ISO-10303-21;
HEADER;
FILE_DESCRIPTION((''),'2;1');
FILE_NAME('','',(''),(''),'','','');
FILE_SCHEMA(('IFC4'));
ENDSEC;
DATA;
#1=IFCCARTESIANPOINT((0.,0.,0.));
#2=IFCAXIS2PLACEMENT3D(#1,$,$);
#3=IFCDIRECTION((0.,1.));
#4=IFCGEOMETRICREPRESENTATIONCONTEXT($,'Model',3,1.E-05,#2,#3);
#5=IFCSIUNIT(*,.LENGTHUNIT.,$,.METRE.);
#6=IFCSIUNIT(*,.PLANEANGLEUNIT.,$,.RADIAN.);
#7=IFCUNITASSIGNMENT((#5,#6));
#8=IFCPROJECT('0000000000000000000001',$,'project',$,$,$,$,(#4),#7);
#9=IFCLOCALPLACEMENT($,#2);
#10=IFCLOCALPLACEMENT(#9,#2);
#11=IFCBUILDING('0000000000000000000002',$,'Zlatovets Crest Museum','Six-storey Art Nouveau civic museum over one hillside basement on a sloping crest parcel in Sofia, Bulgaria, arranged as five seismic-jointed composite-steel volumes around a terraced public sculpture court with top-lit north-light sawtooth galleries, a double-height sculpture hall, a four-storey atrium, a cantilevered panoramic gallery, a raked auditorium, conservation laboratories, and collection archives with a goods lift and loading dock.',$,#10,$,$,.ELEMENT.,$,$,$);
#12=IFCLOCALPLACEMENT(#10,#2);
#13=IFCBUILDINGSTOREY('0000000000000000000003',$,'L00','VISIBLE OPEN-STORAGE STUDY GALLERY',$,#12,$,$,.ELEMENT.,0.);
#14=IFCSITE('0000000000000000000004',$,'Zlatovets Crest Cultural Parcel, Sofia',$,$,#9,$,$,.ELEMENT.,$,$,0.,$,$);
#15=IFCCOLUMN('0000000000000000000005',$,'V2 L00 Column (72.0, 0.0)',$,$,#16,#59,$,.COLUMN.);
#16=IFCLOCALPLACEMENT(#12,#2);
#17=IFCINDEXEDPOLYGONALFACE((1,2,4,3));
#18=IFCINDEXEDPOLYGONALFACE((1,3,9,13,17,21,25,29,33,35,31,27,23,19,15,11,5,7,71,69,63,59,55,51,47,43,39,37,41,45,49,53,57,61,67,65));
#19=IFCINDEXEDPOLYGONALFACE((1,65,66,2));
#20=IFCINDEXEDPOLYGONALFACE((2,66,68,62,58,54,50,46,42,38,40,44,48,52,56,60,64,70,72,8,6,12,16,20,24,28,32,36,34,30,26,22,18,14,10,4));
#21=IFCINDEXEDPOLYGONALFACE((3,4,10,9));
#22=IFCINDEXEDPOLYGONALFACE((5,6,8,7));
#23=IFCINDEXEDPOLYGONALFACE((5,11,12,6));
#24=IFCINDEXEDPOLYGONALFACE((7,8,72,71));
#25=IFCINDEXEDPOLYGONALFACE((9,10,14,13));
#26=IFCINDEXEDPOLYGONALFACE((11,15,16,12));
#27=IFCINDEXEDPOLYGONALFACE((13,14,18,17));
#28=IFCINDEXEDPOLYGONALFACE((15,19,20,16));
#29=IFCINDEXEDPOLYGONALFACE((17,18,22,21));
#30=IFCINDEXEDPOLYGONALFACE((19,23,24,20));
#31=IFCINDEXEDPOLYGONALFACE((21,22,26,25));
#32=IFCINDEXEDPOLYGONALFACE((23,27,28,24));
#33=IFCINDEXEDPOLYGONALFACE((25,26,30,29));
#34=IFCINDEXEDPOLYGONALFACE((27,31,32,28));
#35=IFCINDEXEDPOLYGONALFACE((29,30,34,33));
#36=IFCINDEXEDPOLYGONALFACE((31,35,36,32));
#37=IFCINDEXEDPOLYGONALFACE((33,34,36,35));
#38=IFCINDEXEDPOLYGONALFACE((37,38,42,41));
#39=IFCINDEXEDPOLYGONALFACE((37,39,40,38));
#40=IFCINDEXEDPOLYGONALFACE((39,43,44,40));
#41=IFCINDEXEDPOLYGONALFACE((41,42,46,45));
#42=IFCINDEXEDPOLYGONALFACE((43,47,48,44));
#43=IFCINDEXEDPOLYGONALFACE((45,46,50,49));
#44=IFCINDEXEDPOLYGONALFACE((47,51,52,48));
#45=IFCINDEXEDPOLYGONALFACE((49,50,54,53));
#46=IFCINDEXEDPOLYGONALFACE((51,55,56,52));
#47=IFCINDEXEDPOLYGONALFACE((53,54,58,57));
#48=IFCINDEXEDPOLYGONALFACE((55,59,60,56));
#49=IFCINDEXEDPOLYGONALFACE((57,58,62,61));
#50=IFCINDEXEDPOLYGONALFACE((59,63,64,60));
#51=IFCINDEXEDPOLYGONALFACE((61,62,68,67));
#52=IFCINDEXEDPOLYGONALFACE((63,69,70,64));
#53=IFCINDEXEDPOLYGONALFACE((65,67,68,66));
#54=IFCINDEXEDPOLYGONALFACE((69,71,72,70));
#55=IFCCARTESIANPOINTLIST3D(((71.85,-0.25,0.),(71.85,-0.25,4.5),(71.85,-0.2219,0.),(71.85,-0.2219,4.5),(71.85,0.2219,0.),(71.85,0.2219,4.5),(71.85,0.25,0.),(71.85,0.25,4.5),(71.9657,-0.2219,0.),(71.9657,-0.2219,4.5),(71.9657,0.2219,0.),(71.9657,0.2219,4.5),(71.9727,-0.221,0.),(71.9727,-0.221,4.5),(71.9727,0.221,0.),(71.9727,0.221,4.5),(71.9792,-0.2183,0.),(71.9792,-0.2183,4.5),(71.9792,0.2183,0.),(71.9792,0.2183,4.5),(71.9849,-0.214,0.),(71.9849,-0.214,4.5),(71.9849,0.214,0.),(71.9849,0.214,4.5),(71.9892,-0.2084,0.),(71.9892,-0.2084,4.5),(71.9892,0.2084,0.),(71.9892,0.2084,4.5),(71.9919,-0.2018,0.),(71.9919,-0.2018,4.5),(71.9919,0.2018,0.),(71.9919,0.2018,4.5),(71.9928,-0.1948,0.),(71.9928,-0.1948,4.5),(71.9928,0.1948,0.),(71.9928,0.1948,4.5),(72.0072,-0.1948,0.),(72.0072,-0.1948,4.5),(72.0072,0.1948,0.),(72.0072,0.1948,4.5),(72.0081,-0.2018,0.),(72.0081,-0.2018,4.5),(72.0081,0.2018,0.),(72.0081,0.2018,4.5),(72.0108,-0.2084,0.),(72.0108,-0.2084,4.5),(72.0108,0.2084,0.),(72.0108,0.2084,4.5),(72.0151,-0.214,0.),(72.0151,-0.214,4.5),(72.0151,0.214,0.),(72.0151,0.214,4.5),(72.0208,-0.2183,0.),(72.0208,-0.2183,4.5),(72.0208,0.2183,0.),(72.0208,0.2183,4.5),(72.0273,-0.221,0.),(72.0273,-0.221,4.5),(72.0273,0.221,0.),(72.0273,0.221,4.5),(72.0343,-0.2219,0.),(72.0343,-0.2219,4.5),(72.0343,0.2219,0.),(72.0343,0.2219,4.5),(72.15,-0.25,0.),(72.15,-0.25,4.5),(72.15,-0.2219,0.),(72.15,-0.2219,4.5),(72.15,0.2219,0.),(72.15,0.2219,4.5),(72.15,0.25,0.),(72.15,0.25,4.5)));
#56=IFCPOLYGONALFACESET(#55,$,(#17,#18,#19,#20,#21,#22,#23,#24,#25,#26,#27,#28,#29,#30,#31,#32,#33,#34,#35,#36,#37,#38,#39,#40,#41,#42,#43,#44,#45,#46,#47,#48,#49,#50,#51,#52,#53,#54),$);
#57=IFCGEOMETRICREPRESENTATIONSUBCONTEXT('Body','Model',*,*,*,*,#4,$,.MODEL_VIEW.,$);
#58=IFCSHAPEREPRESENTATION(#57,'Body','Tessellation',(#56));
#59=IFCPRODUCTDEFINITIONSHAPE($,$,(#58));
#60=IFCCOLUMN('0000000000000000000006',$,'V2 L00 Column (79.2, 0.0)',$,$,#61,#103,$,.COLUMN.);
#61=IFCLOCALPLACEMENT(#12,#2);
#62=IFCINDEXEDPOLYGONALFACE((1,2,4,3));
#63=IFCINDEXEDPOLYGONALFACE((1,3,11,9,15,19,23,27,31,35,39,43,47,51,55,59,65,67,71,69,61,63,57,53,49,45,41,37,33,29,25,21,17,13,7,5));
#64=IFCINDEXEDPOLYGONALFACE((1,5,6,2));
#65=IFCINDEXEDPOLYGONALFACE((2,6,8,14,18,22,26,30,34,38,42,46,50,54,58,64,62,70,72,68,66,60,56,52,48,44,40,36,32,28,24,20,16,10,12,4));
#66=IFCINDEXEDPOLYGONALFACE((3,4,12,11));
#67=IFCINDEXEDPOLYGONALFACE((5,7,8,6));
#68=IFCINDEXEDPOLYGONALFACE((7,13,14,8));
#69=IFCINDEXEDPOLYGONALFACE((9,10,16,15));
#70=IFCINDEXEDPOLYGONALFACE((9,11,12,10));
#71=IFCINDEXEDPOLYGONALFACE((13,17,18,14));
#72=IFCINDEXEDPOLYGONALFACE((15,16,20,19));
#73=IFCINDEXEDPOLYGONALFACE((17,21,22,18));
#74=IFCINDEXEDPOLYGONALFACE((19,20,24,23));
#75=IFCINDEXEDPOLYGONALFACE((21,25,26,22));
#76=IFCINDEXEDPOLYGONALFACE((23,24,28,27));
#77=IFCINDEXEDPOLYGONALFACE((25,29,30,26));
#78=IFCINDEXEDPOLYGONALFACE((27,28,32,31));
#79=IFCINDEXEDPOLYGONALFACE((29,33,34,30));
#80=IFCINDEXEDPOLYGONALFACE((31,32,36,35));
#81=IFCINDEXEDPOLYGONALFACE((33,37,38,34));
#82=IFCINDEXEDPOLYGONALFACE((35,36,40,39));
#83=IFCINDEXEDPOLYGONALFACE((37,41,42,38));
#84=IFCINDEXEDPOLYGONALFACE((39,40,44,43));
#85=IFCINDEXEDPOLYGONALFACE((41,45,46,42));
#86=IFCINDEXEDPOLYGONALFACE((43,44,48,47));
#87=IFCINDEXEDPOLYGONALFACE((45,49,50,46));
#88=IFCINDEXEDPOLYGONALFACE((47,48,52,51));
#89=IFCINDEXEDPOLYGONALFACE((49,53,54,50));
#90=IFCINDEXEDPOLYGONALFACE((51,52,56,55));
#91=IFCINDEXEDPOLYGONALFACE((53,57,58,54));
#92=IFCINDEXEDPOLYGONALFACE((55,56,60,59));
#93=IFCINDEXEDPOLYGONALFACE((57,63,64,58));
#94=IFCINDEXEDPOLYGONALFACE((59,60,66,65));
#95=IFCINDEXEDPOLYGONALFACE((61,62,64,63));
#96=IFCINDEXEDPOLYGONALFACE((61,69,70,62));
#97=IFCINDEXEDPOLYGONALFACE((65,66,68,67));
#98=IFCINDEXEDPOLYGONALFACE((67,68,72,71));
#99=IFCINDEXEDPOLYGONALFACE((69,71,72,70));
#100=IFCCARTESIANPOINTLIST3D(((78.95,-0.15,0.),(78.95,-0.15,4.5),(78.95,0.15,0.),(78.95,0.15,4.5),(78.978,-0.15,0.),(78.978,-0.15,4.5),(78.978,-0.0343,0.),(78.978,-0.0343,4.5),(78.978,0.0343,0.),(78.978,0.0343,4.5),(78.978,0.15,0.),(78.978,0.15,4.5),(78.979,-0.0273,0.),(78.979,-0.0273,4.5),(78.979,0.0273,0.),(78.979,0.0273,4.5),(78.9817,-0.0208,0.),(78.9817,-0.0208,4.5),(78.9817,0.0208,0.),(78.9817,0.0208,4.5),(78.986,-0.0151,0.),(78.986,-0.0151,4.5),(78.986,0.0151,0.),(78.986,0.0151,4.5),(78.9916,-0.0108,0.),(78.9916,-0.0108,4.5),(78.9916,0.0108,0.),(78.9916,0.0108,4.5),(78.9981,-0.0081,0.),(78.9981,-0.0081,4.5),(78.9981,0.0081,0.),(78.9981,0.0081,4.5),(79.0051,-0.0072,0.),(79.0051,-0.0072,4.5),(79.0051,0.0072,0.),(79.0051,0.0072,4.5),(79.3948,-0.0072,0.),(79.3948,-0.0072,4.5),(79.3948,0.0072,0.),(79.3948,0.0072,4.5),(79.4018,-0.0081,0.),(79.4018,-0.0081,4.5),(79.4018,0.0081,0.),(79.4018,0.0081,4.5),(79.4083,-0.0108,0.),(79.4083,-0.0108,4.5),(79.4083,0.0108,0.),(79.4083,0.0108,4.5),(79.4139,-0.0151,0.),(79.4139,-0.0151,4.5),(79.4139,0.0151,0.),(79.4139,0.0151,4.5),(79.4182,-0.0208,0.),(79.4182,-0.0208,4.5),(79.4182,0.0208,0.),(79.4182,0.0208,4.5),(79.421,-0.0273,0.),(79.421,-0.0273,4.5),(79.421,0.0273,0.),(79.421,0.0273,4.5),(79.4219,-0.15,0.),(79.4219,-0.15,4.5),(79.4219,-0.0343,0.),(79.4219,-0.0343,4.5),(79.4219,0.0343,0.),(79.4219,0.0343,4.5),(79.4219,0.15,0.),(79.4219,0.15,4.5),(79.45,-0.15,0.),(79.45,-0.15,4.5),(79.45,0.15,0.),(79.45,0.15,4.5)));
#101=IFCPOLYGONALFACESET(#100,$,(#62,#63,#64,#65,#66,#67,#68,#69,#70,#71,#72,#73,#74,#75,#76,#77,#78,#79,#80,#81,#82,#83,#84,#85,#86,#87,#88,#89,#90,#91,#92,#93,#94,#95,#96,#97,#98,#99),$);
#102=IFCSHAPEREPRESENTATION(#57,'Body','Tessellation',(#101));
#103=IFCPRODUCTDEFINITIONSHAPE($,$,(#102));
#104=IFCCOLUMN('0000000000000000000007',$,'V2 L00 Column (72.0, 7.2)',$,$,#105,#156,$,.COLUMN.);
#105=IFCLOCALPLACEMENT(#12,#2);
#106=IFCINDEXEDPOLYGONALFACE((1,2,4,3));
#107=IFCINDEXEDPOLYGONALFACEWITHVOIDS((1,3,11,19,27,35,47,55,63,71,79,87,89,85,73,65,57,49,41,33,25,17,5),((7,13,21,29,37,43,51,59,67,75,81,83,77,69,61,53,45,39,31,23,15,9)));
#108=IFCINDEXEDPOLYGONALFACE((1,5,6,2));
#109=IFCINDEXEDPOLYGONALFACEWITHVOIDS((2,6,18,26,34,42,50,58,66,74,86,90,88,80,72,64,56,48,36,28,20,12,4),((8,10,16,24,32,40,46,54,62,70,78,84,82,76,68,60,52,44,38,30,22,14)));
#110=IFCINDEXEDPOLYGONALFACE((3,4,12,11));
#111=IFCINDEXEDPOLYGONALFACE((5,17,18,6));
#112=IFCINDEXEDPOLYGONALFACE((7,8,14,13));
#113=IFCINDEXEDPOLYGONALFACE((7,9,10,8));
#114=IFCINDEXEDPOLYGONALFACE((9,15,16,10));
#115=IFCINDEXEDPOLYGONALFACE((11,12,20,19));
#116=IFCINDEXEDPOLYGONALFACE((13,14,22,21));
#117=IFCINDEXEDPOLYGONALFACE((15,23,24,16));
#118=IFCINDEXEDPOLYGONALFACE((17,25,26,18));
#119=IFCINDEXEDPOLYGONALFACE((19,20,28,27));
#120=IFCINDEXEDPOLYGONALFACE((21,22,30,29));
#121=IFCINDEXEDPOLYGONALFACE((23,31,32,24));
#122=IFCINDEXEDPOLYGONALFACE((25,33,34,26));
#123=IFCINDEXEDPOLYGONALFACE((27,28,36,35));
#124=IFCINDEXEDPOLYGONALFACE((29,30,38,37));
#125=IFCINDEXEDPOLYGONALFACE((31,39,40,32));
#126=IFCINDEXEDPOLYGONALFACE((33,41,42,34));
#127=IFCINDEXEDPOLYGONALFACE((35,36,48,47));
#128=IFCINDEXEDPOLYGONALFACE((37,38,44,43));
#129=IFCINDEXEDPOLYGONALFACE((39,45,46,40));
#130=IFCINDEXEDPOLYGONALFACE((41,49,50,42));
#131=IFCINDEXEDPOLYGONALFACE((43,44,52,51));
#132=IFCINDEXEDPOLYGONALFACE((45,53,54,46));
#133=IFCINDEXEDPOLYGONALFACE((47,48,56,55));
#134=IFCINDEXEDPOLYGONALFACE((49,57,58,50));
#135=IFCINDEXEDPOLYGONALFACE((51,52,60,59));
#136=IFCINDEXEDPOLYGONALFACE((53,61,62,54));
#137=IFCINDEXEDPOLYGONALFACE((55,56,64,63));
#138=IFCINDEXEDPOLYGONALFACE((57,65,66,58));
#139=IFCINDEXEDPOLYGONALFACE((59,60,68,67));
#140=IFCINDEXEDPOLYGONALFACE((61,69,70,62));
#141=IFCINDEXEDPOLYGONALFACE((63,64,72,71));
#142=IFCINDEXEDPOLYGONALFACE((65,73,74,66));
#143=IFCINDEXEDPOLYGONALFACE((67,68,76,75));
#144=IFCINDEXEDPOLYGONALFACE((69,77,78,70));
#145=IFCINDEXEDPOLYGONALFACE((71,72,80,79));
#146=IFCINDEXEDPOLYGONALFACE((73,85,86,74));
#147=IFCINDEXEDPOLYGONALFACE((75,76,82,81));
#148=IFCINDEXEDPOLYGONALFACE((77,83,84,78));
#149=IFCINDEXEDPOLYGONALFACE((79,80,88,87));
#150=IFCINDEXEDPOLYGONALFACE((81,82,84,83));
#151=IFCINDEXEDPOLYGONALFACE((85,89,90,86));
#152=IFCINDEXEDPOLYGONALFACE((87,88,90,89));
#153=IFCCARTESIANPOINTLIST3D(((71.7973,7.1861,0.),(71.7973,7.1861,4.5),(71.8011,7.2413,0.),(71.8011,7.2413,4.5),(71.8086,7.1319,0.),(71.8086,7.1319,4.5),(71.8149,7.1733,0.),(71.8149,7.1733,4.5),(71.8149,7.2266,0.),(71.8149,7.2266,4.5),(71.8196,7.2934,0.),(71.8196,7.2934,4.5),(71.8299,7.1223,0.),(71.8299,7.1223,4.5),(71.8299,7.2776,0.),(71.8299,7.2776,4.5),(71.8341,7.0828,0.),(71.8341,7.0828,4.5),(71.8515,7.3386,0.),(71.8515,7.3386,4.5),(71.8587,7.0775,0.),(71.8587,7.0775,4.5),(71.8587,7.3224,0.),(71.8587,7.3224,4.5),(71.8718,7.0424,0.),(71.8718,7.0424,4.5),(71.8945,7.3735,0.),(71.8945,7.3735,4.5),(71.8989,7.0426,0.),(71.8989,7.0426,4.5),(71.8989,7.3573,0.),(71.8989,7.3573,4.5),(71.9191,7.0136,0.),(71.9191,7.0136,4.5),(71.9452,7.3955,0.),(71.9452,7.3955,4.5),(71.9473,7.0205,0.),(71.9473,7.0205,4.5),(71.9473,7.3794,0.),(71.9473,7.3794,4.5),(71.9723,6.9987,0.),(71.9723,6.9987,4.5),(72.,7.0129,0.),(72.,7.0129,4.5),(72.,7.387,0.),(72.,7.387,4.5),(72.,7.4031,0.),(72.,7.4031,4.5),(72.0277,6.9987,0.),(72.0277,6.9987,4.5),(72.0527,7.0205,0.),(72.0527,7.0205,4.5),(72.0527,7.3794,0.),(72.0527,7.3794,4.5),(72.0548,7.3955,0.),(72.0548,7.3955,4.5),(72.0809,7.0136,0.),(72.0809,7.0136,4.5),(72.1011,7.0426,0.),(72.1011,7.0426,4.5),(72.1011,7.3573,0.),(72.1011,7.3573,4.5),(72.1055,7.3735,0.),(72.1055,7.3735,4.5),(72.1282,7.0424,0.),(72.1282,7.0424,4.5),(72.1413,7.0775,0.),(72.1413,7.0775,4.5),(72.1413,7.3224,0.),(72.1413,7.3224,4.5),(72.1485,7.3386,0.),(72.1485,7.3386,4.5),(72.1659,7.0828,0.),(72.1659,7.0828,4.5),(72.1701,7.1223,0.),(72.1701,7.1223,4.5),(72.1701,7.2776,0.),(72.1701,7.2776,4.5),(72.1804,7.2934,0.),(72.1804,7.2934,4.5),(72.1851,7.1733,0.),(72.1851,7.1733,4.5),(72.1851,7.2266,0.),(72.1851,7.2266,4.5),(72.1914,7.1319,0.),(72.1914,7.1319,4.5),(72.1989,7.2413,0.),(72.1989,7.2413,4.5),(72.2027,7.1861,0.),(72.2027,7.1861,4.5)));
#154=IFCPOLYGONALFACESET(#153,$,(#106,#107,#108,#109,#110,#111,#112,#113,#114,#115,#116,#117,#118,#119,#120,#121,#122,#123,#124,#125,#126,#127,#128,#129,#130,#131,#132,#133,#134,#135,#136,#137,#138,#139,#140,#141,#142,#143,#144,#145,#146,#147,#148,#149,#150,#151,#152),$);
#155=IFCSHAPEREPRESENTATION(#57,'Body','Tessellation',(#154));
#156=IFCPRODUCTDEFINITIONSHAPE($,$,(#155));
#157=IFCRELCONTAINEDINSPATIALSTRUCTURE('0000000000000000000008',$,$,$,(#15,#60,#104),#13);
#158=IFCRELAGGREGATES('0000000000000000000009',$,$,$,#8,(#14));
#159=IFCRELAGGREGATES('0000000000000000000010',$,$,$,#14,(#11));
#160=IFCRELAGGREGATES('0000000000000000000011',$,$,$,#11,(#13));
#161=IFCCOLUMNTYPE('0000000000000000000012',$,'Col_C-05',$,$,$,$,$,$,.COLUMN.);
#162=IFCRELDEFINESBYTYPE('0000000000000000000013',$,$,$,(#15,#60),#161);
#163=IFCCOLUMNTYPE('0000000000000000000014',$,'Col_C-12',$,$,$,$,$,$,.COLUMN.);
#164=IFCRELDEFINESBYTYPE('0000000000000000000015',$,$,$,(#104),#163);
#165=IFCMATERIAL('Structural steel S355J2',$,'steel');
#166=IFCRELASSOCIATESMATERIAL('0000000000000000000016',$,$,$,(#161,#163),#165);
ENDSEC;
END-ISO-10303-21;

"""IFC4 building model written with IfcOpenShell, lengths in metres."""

from ifc_helpers import new_model, si_unit, direction, frame, origin, origin_2d, place, context, subcontext, project, spatial, hollow_circle, i_section, extrude, material, material_profile, profile_set, type_object, element, save


model = new_model("IFC4")

# Units and contexts
model_context = context("Model", 3, precision=1e-05, world=origin(), true_north=direction((0.0, 1.0)))
body_context = subcontext(model_context, "Body", "Model", "MODEL_VIEW")
ifc_project = project(units=[si_unit("LENGTHUNIT", "METRE"), si_unit("PLANEANGLEUNIT", "RADIAN")], contexts=[model_context])

# Site, building, storey
site_placement = place(None, origin())
site = spatial("IfcSite", under=ifc_project, at=site_placement, Name="Zlatovets Crest Cultural Parcel, Sofia", CompositionType="ELEMENT", RefElevation=0.0)
building_placement = place(site_placement, origin())
building = spatial("IfcBuilding", under=site, at=building_placement, Name="Zlatovets Crest Museum", Description="Six-storey Art Nouveau civic museum over one hillside basement on a sloping crest parcel in Sofia, Bulgaria, arranged as five seismic-jointed composite-steel volumes around a terraced public sculpture court with top-lit north-light sawtooth galleries, a double-height sculpture hall, a four-storey atrium, a cantilevered panoramic gallery, a raked auditorium, conservation laboratories, and collection archives with a goods lift and loading dock.", CompositionType="ELEMENT")
storey_placement = place(building_placement, origin())
storey = spatial("IfcBuildingStorey", under=building, at=storey_placement, Name="L00", Description="VISIBLE OPEN-STORAGE STUDY GALLERY", CompositionType="ELEMENT", Elevation=0.0)

# Columns
ifc_material_1 = material(Name="Structural steel S355J2", Category="steel")
ifc_material_profile_1 = material_profile(ifc_material_1, i_section(OverallWidth=0.3, OverallDepth=0.5, WebThickness=0.0144, FlangeThickness=0.0281, FilletRadius=0.0271, at=origin_2d()), Name="HEB 500")
ifc_profile_set_1 = profile_set([ifc_material_profile_1], Name="Structural steel S355J2")
column_type_1 = type_object("IfcColumnType", Name="Col_C-05", PredefinedType="COLUMN", material=ifc_profile_set_1)
for number, where, z_axis, x_axis, name in (
    (1, (72.0, 0.0, 0.0), (0.0, 0.0, 1.0), (1.0, 0.0, 0.0), "V2 L00 Column (72.0, 0.0)"),
    (2, (79.2, 0.0, 0.0), (0.0, 0.0, 1.0), (0.0, 1.0, 0.0), "V2 L00 Column (79.2, 0.0)"),
):
    element("IfcColumn", number, at=place(storey_placement, frame(where, z_axis=z_axis, x_axis=x_axis)), inside=storey, type_object=column_type_1, Name=name, PredefinedType="COLUMN", context=body_context, shape_type="SweptSolid", body=[
        extrude(i_section(OverallWidth=0.3, OverallDepth=0.5, WebThickness=0.0144, FlangeThickness=0.0281, FilletRadius=0.0271, at=origin_2d()), origin(), (0.0, 0.0, 1.0), 4.5),
    ])
ifc_material_profile_2 = material_profile(ifc_material_1, hollow_circle(Radius=0.2031, WallThickness=0.0161, at=origin_2d()), Name="CHS 406.4x16.0")
ifc_profile_set_2 = profile_set([ifc_material_profile_2], Name="Structural steel S355J2")
column_type_2 = type_object("IfcColumnType", Name="Col_C-12", PredefinedType="COLUMN", material=ifc_profile_set_2)
column_1_placement = place(storey_placement, frame((72.0, 7.2, 0.0), z_axis=(0.0, 0.0, 1.0), x_axis=(0.0, 1.0, 0.0)))
element("IfcColumn", 3, at=column_1_placement, inside=storey, type_object=column_type_2, Name="V2 L00 Column (72.0, 7.2)", PredefinedType="COLUMN", context=body_context, shape_type="SweptSolid", body=[
    extrude(hollow_circle(Radius=0.2031, WallThickness=0.0161, at=origin_2d()), origin(), (0.0, 0.0, 1.0), 4.5),
])

save(model, "model.ifc")
